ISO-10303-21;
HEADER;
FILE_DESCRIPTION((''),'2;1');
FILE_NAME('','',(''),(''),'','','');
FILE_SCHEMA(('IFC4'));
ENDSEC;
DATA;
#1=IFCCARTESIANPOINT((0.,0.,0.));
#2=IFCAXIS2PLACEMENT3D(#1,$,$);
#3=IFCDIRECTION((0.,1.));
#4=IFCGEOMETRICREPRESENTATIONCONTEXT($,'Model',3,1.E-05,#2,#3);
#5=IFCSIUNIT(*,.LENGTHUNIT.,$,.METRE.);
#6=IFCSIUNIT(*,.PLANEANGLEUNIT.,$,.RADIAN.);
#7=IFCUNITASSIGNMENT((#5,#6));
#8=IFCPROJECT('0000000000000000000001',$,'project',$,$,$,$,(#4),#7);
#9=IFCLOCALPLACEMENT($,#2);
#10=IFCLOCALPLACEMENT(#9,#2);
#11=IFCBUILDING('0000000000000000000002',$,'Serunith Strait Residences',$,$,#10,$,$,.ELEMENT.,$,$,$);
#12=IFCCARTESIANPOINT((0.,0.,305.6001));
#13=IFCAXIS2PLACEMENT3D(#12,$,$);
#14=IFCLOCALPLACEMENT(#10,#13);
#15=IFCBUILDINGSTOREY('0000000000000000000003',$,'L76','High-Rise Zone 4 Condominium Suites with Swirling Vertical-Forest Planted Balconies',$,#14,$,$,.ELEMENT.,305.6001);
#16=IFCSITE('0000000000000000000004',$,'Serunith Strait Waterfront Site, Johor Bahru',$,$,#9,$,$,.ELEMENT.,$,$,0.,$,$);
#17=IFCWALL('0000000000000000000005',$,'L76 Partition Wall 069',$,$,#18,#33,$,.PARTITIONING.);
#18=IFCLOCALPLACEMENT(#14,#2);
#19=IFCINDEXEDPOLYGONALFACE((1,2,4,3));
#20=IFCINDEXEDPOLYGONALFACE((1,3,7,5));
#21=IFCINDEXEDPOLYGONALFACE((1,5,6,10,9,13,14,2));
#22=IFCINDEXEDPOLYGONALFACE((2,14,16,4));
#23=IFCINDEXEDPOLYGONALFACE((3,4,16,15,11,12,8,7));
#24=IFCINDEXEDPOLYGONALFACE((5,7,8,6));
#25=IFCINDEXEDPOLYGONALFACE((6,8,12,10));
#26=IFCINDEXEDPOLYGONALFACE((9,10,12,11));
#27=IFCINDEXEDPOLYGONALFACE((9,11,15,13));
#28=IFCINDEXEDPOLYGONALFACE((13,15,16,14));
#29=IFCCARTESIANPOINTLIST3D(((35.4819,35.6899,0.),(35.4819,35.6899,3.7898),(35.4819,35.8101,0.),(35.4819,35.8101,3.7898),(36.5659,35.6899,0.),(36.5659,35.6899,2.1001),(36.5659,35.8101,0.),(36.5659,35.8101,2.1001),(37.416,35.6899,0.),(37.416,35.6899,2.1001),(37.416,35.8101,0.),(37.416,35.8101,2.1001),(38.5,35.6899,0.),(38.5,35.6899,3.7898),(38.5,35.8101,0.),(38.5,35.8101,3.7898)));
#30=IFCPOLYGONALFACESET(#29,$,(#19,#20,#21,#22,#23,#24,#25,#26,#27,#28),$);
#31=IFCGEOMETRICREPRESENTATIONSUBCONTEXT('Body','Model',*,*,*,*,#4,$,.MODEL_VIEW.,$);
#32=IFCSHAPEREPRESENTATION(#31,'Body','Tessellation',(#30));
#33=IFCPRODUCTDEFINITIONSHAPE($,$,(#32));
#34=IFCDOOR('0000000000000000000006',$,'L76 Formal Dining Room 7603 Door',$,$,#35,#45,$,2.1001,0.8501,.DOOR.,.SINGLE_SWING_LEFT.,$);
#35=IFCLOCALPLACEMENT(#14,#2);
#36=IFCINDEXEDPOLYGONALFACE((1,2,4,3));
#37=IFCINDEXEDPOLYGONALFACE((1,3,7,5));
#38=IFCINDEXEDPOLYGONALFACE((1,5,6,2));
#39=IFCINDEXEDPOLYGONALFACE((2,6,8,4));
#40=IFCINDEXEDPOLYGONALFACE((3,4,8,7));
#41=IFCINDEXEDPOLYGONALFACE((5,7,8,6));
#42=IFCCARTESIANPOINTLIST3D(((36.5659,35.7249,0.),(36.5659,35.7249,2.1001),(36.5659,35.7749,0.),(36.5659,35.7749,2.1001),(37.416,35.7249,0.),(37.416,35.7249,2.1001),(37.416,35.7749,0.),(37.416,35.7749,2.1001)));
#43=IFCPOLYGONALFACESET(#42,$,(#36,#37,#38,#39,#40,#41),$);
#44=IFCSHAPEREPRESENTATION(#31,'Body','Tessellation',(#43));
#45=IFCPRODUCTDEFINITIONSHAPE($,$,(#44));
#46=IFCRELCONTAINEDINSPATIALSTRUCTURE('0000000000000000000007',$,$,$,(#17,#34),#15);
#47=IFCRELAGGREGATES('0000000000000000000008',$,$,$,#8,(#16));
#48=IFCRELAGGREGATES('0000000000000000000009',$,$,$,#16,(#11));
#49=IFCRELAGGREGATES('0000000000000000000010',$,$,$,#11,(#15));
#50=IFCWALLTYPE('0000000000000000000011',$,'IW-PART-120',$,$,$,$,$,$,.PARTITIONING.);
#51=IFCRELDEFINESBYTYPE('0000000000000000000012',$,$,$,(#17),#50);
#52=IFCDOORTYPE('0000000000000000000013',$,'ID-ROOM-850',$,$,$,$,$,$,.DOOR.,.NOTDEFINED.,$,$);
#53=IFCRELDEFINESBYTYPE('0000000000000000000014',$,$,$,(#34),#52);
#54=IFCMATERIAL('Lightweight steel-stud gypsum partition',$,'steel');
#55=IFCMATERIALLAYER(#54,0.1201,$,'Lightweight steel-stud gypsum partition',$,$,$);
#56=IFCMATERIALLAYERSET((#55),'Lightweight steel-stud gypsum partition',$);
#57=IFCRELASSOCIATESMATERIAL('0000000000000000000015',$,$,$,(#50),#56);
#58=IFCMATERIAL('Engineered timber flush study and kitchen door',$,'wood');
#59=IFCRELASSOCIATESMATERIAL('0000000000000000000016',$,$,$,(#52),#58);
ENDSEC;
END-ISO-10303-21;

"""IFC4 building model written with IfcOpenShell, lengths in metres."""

from ifc_helpers import new_model, si_unit, direction, frame, frame_2d, origin, place, context, subcontext, project, spatial, rectangle, extrude, source, transform, mapped, material, layer, layer_set, type_object, element, fill, save


model = new_model("IFC4")

# Units and contexts
model_context = context("Model", 3, precision=1e-05, world=origin(), true_north=direction((0.0, 1.0)))
body_context = subcontext(model_context, "Body", "Model", "MODEL_VIEW")
ifc_project = project(units=[si_unit("LENGTHUNIT", "METRE"), si_unit("PLANEANGLEUNIT", "RADIAN")], contexts=[model_context])

# Site, building, storey
site_placement = place(None, origin())
site = spatial("IfcSite", under=ifc_project, at=site_placement, Name="Serunith Strait Waterfront Site, Johor Bahru", CompositionType="ELEMENT", RefElevation=0.0)
building_placement = place(site_placement, origin())
building = spatial("IfcBuilding", under=site, at=building_placement, Name="Serunith Strait Residences", CompositionType="ELEMENT")
storey_placement = place(building_placement, frame((0.0, 0.0, 305.6001)))
storey = spatial("IfcBuildingStorey", under=building, at=storey_placement, Name="L76", Description="High-Rise Zone 4 Condominium Suites with Swirling Vertical-Forest Planted Balconies", CompositionType="ELEMENT", Elevation=305.6001)

# Shared definitions
ifc_material_1 = material(Name="Lightweight steel-stud gypsum partition", Category="steel")
ifc_layer_1 = layer(ifc_material_1, 0.1201, Name="Lightweight steel-stud gypsum partition")
ifc_layer_set_1 = layer_set([ifc_layer_1], Name="Lightweight steel-stud gypsum partition")
wall_type = type_object("IfcWallType", Name="IW-PART-120", PredefinedType="PARTITIONING", material=ifc_layer_set_1)
ifc_material_2 = material(Name="Engineered timber flush study and kitchen door", Category="wood")
door_type_1 = type_object("IfcDoorType", Name="ID-ROOM-850", OperationType="NOTDEFINED", PredefinedType="DOOR", material=ifc_material_2)
shared_shape_1 = source(origin(), body_context, "Body", "SweptSolid", [
    extrude(rectangle(XDim=0.8501, YDim=2.1001, at=frame_2d((0.425, 1.05))), frame((0.0, 0.0249, 0.0), z_axis=(0.0, -1.0, 0.0), x_axis=(1.0, 0.0, 0.0)), (0.0, 0.0, 1.0), 0.05),
])

# Wall, opening, door
wall_1_placement = place(storey_placement, frame((35.4819, 35.75, 0.0), z_axis=(0.0, 0.0, 1.0), x_axis=(1.0, 0.0, 0.0)))
wall_1 = element("IfcWall", 1, at=wall_1_placement, inside=storey, type_object=wall_type, Name="L76 Partition Wall 069", PredefinedType="PARTITIONING", context=body_context, shape_type="SweptSolid", body=[
    extrude(rectangle(XDim=3.0181, YDim=0.1201, at=frame_2d((1.509, 0.0))), origin(), (0.0, 0.0, 1.0), 3.7898),
])
opening_1_placement = place(wall_1_placement, frame((1.084, 0.0, 0.0)))
opening_1 = element("IfcOpeningElement", 2, at=opening_1_placement, cuts=wall_1, PredefinedType="OPENING", context=body_context, shape_type="SweptSolid", body=[
    extrude(rectangle(XDim=0.8501, YDim=2.1001, at=frame_2d((0.425, 1.05))), frame((0.0, 0.0701, 0.0), z_axis=(0.0, -1.0, 0.0), x_axis=(1.0, 0.0, 0.0)), (0.0, 0.0, 1.0), 0.1401),
])
door_1_placement = place(opening_1_placement, origin())
door_1 = element("IfcDoor", 3, at=door_1_placement, inside=storey, type_object=door_type_1, Name="L76 Formal Dining Room 7603 Door", OperationType="SINGLE_SWING_LEFT", OverallHeight=2.1001, OverallWidth=0.8501, PredefinedType="DOOR", context=body_context, shape_type="MappedRepresentation", body=[
    mapped(shared_shape_1, transform((0.0, 0.0, 0.0), scale=1.0)),
])
fill(opening_1, door_1)

save(model, "model.ifc")
